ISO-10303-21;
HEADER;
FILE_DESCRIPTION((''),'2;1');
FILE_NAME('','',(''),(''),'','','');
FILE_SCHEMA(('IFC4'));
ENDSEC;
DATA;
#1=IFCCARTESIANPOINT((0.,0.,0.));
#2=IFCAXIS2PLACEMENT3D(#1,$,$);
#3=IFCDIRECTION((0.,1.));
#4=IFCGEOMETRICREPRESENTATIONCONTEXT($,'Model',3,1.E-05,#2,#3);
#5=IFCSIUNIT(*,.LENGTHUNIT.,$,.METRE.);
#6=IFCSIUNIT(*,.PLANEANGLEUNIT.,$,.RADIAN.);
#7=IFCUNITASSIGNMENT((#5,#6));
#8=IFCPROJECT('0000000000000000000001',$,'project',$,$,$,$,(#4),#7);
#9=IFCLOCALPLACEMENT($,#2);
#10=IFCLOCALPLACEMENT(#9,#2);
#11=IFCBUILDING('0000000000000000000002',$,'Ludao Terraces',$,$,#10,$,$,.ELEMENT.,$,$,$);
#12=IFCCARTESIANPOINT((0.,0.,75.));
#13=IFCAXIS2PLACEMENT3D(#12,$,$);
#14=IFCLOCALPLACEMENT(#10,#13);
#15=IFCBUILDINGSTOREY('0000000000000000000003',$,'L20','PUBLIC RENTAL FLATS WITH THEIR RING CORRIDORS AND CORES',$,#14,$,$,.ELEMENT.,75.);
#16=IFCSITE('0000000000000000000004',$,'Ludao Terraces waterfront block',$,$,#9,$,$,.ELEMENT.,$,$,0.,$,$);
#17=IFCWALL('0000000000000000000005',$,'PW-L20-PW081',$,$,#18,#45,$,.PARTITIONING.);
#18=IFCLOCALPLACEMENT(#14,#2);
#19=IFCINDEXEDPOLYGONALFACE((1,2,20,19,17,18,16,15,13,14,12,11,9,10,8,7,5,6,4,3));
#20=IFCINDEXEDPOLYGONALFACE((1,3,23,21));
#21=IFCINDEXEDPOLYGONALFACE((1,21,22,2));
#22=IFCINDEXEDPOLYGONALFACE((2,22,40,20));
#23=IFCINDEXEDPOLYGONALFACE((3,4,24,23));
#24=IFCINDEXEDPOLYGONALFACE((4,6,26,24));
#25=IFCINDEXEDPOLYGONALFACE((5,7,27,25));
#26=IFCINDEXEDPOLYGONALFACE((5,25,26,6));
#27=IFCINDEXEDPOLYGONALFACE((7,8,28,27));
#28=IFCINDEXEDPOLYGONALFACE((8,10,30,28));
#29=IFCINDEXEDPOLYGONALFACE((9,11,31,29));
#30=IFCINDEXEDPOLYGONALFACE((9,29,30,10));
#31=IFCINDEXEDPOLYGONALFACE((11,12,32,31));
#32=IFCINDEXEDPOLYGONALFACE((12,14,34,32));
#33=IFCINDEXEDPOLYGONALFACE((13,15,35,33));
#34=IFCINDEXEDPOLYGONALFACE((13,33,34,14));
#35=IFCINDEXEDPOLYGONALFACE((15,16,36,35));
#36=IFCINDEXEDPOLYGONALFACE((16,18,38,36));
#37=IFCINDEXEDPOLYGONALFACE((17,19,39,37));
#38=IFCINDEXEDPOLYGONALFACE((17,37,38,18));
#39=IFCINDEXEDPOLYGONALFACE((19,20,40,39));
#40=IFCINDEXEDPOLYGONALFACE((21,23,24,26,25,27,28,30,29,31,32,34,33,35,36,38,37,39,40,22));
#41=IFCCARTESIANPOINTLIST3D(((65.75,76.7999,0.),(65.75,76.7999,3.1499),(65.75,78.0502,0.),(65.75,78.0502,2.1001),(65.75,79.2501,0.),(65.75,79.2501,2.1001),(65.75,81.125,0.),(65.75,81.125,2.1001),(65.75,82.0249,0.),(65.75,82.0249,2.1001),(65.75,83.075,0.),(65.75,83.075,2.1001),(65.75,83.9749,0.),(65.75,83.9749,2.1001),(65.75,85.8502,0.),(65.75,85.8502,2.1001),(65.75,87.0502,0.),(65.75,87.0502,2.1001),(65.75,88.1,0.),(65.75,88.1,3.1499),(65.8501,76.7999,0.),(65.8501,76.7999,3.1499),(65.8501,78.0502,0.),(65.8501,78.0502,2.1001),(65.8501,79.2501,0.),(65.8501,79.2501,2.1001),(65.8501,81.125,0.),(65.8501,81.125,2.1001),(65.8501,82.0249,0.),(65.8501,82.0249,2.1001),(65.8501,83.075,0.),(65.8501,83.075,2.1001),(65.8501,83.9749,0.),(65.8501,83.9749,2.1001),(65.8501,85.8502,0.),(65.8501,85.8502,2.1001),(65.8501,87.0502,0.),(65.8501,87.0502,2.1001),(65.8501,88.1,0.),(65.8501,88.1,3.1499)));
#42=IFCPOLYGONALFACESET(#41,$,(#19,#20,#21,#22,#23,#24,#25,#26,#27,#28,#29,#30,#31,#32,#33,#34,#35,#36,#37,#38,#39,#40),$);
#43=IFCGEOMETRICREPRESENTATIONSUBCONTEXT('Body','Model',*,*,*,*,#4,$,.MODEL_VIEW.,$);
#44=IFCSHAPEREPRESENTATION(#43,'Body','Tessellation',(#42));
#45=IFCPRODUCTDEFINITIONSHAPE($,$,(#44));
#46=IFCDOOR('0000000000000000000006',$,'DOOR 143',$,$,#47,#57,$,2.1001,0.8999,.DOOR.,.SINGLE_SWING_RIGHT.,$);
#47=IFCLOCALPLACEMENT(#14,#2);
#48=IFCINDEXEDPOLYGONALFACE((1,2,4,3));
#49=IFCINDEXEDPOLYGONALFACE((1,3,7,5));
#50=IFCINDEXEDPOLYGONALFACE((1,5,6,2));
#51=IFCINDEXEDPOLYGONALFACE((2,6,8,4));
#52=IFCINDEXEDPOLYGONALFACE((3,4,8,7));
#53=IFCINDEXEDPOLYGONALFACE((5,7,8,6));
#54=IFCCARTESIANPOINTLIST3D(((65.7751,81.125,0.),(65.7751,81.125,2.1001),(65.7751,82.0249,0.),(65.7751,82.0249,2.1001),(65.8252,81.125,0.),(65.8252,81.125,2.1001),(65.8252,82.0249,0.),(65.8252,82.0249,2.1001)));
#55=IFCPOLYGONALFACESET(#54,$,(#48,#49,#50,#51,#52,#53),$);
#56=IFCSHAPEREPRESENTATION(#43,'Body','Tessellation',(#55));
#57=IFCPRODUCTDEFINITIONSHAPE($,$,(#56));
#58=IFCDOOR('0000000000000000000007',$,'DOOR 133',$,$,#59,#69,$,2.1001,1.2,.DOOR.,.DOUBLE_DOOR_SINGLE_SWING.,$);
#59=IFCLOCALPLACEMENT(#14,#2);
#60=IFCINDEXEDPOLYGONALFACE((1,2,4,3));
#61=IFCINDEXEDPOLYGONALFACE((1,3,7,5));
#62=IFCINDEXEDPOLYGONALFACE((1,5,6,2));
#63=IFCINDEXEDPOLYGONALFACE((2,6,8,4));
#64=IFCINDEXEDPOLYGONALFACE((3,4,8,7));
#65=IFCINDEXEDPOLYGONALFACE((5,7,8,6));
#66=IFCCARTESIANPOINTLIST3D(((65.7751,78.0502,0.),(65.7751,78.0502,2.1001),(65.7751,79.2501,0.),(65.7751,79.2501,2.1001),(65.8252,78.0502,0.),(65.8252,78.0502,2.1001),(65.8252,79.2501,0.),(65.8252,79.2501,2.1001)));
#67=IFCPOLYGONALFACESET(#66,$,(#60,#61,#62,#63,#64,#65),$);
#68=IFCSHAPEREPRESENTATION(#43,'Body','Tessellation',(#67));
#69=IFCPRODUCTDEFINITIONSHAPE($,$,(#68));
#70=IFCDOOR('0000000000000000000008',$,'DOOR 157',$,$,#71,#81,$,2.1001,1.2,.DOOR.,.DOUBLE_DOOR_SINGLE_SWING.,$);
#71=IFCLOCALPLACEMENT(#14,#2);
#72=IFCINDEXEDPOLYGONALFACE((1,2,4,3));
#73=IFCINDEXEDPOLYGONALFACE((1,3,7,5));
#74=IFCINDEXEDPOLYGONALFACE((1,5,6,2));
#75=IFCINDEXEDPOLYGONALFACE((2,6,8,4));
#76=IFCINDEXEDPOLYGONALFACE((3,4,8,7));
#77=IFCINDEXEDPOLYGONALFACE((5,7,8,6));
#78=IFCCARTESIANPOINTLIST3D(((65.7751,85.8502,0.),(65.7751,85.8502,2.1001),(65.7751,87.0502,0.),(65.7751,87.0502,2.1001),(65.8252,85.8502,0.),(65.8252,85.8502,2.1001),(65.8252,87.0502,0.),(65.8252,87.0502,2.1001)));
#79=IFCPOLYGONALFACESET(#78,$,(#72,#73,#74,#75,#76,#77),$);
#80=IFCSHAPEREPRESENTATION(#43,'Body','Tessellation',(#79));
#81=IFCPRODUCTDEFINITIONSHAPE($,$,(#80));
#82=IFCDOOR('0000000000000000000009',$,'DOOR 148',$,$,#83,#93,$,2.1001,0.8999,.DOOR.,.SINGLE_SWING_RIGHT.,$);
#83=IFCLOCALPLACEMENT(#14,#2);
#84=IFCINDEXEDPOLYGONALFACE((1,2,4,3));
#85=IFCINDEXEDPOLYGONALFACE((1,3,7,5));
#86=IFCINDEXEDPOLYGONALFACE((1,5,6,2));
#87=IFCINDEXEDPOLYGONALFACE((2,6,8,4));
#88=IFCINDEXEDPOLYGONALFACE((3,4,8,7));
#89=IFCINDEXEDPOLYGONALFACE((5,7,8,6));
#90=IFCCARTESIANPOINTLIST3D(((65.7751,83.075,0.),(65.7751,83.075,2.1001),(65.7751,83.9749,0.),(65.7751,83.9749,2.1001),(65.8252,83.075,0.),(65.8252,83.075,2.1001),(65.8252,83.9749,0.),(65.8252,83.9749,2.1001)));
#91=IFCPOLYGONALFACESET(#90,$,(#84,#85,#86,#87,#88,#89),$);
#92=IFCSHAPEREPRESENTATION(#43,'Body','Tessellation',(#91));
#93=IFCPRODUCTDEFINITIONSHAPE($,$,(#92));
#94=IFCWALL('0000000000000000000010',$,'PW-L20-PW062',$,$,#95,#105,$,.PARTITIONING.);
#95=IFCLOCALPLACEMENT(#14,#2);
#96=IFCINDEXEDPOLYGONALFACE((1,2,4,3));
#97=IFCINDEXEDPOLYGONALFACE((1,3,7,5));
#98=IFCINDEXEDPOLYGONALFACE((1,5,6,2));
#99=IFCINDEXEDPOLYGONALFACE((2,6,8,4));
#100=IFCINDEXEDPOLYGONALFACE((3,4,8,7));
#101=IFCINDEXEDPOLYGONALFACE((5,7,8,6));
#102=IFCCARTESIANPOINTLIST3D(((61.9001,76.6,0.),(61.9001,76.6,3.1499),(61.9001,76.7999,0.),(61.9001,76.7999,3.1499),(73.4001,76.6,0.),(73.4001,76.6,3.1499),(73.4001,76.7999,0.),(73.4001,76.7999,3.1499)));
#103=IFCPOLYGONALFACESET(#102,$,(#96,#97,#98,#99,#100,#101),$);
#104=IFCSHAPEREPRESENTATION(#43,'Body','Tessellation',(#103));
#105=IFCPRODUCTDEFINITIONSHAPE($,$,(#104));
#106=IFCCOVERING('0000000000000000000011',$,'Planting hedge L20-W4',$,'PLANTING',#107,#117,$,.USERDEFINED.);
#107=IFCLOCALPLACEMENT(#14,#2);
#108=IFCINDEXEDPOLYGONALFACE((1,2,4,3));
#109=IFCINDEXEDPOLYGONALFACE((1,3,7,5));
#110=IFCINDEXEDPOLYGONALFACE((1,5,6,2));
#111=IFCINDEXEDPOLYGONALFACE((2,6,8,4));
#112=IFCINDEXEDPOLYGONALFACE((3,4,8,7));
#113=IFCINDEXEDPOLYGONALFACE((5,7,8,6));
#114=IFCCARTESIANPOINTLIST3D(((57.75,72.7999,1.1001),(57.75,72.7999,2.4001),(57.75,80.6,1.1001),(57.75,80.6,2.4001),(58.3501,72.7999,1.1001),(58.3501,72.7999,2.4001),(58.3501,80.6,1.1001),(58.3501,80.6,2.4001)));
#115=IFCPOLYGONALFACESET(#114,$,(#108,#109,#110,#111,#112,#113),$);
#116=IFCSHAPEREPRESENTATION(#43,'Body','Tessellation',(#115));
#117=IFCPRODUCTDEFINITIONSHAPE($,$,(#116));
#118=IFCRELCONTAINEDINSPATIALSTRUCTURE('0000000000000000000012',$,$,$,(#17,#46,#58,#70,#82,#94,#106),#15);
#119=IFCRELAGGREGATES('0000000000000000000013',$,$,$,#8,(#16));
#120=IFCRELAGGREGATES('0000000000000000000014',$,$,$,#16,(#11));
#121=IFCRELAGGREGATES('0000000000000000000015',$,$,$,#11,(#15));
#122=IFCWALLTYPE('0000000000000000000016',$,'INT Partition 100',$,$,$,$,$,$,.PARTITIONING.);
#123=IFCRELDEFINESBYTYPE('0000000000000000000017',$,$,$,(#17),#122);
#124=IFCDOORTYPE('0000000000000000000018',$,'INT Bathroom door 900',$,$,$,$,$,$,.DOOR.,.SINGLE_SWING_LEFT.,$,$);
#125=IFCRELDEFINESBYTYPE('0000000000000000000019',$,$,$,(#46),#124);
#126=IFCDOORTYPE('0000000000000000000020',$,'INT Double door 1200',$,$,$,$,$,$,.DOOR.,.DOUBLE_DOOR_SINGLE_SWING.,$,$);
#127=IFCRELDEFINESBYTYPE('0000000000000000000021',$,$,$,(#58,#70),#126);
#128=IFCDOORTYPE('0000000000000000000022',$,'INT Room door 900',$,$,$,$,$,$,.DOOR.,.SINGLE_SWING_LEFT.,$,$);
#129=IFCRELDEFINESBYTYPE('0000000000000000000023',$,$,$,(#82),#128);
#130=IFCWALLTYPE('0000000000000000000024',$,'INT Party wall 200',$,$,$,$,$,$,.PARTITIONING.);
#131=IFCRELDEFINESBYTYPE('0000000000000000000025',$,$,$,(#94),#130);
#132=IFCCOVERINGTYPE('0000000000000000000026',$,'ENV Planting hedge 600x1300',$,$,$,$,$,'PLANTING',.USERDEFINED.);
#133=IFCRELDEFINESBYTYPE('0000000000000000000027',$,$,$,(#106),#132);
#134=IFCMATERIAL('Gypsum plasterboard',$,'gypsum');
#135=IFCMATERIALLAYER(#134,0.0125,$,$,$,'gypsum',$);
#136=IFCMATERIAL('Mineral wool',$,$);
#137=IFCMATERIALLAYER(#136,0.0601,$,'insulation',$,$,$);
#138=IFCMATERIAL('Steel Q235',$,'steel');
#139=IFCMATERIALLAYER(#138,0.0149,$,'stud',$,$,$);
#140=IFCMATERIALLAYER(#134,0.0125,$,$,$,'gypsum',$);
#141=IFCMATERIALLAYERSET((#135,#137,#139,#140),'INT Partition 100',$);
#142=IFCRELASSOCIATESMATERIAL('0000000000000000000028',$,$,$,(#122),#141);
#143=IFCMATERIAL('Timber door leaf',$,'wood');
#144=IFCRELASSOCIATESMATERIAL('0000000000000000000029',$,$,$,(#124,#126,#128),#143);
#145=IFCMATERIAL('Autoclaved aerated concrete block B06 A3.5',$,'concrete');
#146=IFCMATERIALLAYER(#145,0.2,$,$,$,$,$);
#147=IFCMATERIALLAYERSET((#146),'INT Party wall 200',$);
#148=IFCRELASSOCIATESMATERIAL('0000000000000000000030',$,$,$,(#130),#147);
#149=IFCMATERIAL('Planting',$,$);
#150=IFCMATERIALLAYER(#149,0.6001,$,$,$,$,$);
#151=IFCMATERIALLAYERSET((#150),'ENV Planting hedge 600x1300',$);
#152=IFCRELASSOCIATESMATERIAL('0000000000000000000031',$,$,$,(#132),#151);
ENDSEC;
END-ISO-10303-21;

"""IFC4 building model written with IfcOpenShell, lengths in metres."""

from ifc_helpers import new_model, si_unit, direction, frame, frame_2d, origin, origin_2d, place, context, subcontext, project, spatial, rectangle, extrude, material, layer, layer_set, type_object, element, fill, save


model = new_model("IFC4")

# Units and contexts
model_context = context("Model", 3, precision=1e-05, world=origin(), true_north=direction((0.0, 1.0)))
body_context = subcontext(model_context, "Body", "Model", "MODEL_VIEW")
ifc_project = project(units=[si_unit("LENGTHUNIT", "METRE"), si_unit("PLANEANGLEUNIT", "RADIAN")], contexts=[model_context])

# Site, building, storey
site_placement = place(None, origin())
site = spatial("IfcSite", under=ifc_project, at=site_placement, Name="Ludao Terraces waterfront block", CompositionType="ELEMENT", RefElevation=0.0)
building_placement = place(site_placement, origin())
building = spatial("IfcBuilding", under=site, at=building_placement, Name="Ludao Terraces", CompositionType="ELEMENT")
storey_placement = place(building_placement, frame((0.0, 0.0, 75.0)))
storey = spatial("IfcBuildingStorey", under=building, at=storey_placement, Name="L20", Description="PUBLIC RENTAL FLATS WITH THEIR RING CORRIDORS AND CORES", CompositionType="ELEMENT", Elevation=75.0)

# Shared definitions
ifc_material_1 = material(Name="Mineral wool")

# Shared definitions
ifc_material_2 = material(Name="Gypsum plasterboard", Category="gypsum")
ifc_layer_1 = layer(ifc_material_2, 0.0125, Category="gypsum")
ifc_layer_2 = layer(ifc_material_1, 0.0601, Name="insulation")
ifc_material_3 = material(Name="Steel Q235", Category="steel")
ifc_layer_3 = layer(ifc_material_3, 0.0149, Name="stud")
ifc_layer_4 = layer(ifc_material_2, 0.0125, Category="gypsum")
ifc_layer_set_1 = layer_set([ifc_layer_1, ifc_layer_2, ifc_layer_3, ifc_layer_4], Name="INT Partition 100")
wall_type_1 = type_object("IfcWallType", Name="INT Partition 100", PredefinedType="PARTITIONING", material=ifc_layer_set_1)

# Wall, openings, doors
wall_1_placement = place(storey_placement, frame((65.8, 76.8, 0.0), z_axis=(0.0, 0.0, 1.0), x_axis=(0.0, 1.0, 0.0)))
wall_1 = element("IfcWall", 1, at=wall_1_placement, inside=storey, type_object=wall_type_1, Name="PW-L20-PW081", PredefinedType="PARTITIONING", context=body_context, shape_type="SweptSolid", body=[
    extrude(rectangle(XDim=11.3, YDim=0.1001, at=frame_2d((5.6499, 0.0))), origin(), (0.0, 0.0, 1.0), 3.1499),
])
opening_1_placement = place(wall_1_placement, frame((1.25, 0.0, 0.0)))
opening_1 = element("IfcOpeningElement", 2, at=opening_1_placement, cuts=wall_1, PredefinedType="OPENING", context=body_context, shape_type="SweptSolid", body=[
    extrude(rectangle(XDim=1.2, YDim=2.1001, at=frame_2d((0.6001, 1.05))), frame((0.0, 0.0601, 0.0), z_axis=(0.0, -1.0, 0.0), x_axis=(1.0, 0.0, 0.0)), (0.0, 0.0, 1.0), 0.1201),
])
opening_2_placement = place(wall_1_placement, frame((4.325, 0.0, 0.0)))
opening_2 = element("IfcOpeningElement", 3, at=opening_2_placement, cuts=wall_1, PredefinedType="OPENING", context=body_context, shape_type="SweptSolid", body=[
    extrude(rectangle(XDim=0.8999, YDim=2.1001, at=frame_2d((0.45, 1.05))), frame((0.0, 0.0601, 0.0), z_axis=(0.0, -1.0, 0.0), x_axis=(1.0, 0.0, 0.0)), (0.0, 0.0, 1.0), 0.1201),
])
opening_3_placement = place(wall_1_placement, frame((6.2749, 0.0, 0.0)))
opening_3 = element("IfcOpeningElement", 4, at=opening_3_placement, cuts=wall_1, PredefinedType="OPENING", context=body_context, shape_type="SweptSolid", body=[
    extrude(rectangle(XDim=0.8999, YDim=2.1001, at=frame_2d((0.45, 1.05))), frame((0.0, 0.0601, 0.0), z_axis=(0.0, -1.0, 0.0), x_axis=(1.0, 0.0, 0.0)), (0.0, 0.0, 1.0), 0.1201),
])
opening_4_placement = place(wall_1_placement, frame((9.05, 0.0, 0.0)))
opening_4 = element("IfcOpeningElement", 5, at=opening_4_placement, cuts=wall_1, PredefinedType="OPENING", context=body_context, shape_type="SweptSolid", body=[
    extrude(rectangle(XDim=1.2, YDim=2.1001, at=frame_2d((0.6001, 1.05))), frame((0.0, 0.0601, 0.0), z_axis=(0.0, -1.0, 0.0), x_axis=(1.0, 0.0, 0.0)), (0.0, 0.0, 1.0), 0.1201),
])
ifc_material_4 = material(Name="Timber door leaf", Category="wood")
door_type_1 = type_object("IfcDoorType", Name="INT Bathroom door 900", OperationType="SINGLE_SWING_LEFT", PredefinedType="DOOR", material=ifc_material_4)
door_1_placement = place(opening_2_placement, origin())
door_1 = element("IfcDoor", 6, at=door_1_placement, inside=storey, type_object=door_type_1, Name="DOOR 143", OperationType="SINGLE_SWING_RIGHT", OverallHeight=2.1001, OverallWidth=0.8999, PredefinedType="DOOR", context=body_context, shape_type="SweptSolid", body=[
    extrude(rectangle(XDim=0.8999, YDim=2.1001, at=frame_2d((0.45, 1.05))), frame((0.0, 0.0249, 0.0), z_axis=(0.0, -1.0, 0.0), x_axis=(1.0, 0.0, 0.0)), (0.0, 0.0, 1.0), 0.05),
])
fill(opening_2, door_1)
door_type_2 = type_object("IfcDoorType", Name="INT Double door 1200", OperationType="DOUBLE_DOOR_SINGLE_SWING", PredefinedType="DOOR", material=ifc_material_4)
door_2_placement = place(opening_1_placement, origin())
door_2 = element("IfcDoor", 7, at=door_2_placement, inside=storey, type_object=door_type_2, Name="DOOR 133", OperationType="DOUBLE_DOOR_SINGLE_SWING", OverallHeight=2.1001, OverallWidth=1.2, PredefinedType="DOOR", context=body_context, shape_type="SweptSolid", body=[
    extrude(rectangle(XDim=1.2, YDim=2.1001, at=frame_2d((0.6001, 1.05))), frame((0.0, 0.0249, 0.0), z_axis=(0.0, -1.0, 0.0), x_axis=(1.0, 0.0, 0.0)), (0.0, 0.0, 1.0), 0.05),
])
fill(opening_1, door_2)
door_3_placement = place(opening_4_placement, origin())
door_3 = element("IfcDoor", 8, at=door_3_placement, inside=storey, type_object=door_type_2, Name="DOOR 157", OperationType="DOUBLE_DOOR_SINGLE_SWING", OverallHeight=2.1001, OverallWidth=1.2, PredefinedType="DOOR", context=body_context, shape_type="SweptSolid", body=[
    extrude(rectangle(XDim=1.2, YDim=2.1001, at=frame_2d((0.6001, 1.05))), frame((0.0, 0.0249, 0.0), z_axis=(0.0, -1.0, 0.0), x_axis=(1.0, 0.0, 0.0)), (0.0, 0.0, 1.0), 0.05),
])
fill(opening_4, door_3)
door_type_3 = type_object("IfcDoorType", Name="INT Room door 900", OperationType="SINGLE_SWING_LEFT", PredefinedType="DOOR", material=ifc_material_4)
door_4_placement = place(opening_3_placement, origin())
door_4 = element("IfcDoor", 9, at=door_4_placement, inside=storey, type_object=door_type_3, Name="DOOR 148", OperationType="SINGLE_SWING_RIGHT", OverallHeight=2.1001, OverallWidth=0.8999, PredefinedType="DOOR", context=body_context, shape_type="SweptSolid", body=[
    extrude(rectangle(XDim=0.8999, YDim=2.1001, at=frame_2d((0.45, 1.05))), frame((0.0, 0.0249, 0.0), z_axis=(0.0, -1.0, 0.0), x_axis=(1.0, 0.0, 0.0)), (0.0, 0.0, 1.0), 0.05),
])
fill(opening_3, door_4)

# Wall
ifc_material_5 = material(Name="Autoclaved aerated concrete block B06 A3.5", Category="concrete")
ifc_layer_5 = layer(ifc_material_5, 0.2)
ifc_layer_set_2 = layer_set([ifc_layer_5], Name="INT Party wall 200")
wall_type_2 = type_object("IfcWallType", Name="INT Party wall 200", PredefinedType="PARTITIONING", material=ifc_layer_set_2)
wall_2_placement = place(storey_placement, frame((61.9001, 76.7, 0.0), z_axis=(0.0, 0.0, 1.0), x_axis=(1.0, 0.0, 0.0)))
element("IfcWall", 10, at=wall_2_placement, inside=storey, type_object=wall_type_2, Name="PW-L20-PW062", PredefinedType="PARTITIONING", context=body_context, shape_type="SweptSolid", body=[
    extrude(rectangle(XDim=11.5, YDim=0.2, at=frame_2d((5.75, 0.0))), origin(), (0.0, 0.0, 1.0), 3.1499),
])

# Covering
ifc_material_6 = material(Name="Planting")
ifc_layer_6 = layer(ifc_material_6, 0.6001)
ifc_layer_set_3 = layer_set([ifc_layer_6], Name="ENV Planting hedge 600x1300")
covering_type = type_object("IfcCoveringType", Name="ENV Planting hedge 600x1300", ElementType="PLANTING", PredefinedType="USERDEFINED", material=ifc_layer_set_3)
covering_placement = place(storey_placement, frame((58.05, 76.7, 1.1001), z_axis=(0.0, 0.0, 1.0), x_axis=(1.0, 0.0, 0.0)))
element("IfcCovering", 11, at=covering_placement, inside=storey, type_object=covering_type, Name="Planting hedge L20-W4", ObjectType="PLANTING", PredefinedType="USERDEFINED", context=body_context, shape_type="SweptSolid", body=[
    extrude(rectangle(XDim=0.6001, YDim=7.8, at=origin_2d()), origin(), (0.0, 0.0, 1.0), 1.3),
])

save(model, "model.ifc")
